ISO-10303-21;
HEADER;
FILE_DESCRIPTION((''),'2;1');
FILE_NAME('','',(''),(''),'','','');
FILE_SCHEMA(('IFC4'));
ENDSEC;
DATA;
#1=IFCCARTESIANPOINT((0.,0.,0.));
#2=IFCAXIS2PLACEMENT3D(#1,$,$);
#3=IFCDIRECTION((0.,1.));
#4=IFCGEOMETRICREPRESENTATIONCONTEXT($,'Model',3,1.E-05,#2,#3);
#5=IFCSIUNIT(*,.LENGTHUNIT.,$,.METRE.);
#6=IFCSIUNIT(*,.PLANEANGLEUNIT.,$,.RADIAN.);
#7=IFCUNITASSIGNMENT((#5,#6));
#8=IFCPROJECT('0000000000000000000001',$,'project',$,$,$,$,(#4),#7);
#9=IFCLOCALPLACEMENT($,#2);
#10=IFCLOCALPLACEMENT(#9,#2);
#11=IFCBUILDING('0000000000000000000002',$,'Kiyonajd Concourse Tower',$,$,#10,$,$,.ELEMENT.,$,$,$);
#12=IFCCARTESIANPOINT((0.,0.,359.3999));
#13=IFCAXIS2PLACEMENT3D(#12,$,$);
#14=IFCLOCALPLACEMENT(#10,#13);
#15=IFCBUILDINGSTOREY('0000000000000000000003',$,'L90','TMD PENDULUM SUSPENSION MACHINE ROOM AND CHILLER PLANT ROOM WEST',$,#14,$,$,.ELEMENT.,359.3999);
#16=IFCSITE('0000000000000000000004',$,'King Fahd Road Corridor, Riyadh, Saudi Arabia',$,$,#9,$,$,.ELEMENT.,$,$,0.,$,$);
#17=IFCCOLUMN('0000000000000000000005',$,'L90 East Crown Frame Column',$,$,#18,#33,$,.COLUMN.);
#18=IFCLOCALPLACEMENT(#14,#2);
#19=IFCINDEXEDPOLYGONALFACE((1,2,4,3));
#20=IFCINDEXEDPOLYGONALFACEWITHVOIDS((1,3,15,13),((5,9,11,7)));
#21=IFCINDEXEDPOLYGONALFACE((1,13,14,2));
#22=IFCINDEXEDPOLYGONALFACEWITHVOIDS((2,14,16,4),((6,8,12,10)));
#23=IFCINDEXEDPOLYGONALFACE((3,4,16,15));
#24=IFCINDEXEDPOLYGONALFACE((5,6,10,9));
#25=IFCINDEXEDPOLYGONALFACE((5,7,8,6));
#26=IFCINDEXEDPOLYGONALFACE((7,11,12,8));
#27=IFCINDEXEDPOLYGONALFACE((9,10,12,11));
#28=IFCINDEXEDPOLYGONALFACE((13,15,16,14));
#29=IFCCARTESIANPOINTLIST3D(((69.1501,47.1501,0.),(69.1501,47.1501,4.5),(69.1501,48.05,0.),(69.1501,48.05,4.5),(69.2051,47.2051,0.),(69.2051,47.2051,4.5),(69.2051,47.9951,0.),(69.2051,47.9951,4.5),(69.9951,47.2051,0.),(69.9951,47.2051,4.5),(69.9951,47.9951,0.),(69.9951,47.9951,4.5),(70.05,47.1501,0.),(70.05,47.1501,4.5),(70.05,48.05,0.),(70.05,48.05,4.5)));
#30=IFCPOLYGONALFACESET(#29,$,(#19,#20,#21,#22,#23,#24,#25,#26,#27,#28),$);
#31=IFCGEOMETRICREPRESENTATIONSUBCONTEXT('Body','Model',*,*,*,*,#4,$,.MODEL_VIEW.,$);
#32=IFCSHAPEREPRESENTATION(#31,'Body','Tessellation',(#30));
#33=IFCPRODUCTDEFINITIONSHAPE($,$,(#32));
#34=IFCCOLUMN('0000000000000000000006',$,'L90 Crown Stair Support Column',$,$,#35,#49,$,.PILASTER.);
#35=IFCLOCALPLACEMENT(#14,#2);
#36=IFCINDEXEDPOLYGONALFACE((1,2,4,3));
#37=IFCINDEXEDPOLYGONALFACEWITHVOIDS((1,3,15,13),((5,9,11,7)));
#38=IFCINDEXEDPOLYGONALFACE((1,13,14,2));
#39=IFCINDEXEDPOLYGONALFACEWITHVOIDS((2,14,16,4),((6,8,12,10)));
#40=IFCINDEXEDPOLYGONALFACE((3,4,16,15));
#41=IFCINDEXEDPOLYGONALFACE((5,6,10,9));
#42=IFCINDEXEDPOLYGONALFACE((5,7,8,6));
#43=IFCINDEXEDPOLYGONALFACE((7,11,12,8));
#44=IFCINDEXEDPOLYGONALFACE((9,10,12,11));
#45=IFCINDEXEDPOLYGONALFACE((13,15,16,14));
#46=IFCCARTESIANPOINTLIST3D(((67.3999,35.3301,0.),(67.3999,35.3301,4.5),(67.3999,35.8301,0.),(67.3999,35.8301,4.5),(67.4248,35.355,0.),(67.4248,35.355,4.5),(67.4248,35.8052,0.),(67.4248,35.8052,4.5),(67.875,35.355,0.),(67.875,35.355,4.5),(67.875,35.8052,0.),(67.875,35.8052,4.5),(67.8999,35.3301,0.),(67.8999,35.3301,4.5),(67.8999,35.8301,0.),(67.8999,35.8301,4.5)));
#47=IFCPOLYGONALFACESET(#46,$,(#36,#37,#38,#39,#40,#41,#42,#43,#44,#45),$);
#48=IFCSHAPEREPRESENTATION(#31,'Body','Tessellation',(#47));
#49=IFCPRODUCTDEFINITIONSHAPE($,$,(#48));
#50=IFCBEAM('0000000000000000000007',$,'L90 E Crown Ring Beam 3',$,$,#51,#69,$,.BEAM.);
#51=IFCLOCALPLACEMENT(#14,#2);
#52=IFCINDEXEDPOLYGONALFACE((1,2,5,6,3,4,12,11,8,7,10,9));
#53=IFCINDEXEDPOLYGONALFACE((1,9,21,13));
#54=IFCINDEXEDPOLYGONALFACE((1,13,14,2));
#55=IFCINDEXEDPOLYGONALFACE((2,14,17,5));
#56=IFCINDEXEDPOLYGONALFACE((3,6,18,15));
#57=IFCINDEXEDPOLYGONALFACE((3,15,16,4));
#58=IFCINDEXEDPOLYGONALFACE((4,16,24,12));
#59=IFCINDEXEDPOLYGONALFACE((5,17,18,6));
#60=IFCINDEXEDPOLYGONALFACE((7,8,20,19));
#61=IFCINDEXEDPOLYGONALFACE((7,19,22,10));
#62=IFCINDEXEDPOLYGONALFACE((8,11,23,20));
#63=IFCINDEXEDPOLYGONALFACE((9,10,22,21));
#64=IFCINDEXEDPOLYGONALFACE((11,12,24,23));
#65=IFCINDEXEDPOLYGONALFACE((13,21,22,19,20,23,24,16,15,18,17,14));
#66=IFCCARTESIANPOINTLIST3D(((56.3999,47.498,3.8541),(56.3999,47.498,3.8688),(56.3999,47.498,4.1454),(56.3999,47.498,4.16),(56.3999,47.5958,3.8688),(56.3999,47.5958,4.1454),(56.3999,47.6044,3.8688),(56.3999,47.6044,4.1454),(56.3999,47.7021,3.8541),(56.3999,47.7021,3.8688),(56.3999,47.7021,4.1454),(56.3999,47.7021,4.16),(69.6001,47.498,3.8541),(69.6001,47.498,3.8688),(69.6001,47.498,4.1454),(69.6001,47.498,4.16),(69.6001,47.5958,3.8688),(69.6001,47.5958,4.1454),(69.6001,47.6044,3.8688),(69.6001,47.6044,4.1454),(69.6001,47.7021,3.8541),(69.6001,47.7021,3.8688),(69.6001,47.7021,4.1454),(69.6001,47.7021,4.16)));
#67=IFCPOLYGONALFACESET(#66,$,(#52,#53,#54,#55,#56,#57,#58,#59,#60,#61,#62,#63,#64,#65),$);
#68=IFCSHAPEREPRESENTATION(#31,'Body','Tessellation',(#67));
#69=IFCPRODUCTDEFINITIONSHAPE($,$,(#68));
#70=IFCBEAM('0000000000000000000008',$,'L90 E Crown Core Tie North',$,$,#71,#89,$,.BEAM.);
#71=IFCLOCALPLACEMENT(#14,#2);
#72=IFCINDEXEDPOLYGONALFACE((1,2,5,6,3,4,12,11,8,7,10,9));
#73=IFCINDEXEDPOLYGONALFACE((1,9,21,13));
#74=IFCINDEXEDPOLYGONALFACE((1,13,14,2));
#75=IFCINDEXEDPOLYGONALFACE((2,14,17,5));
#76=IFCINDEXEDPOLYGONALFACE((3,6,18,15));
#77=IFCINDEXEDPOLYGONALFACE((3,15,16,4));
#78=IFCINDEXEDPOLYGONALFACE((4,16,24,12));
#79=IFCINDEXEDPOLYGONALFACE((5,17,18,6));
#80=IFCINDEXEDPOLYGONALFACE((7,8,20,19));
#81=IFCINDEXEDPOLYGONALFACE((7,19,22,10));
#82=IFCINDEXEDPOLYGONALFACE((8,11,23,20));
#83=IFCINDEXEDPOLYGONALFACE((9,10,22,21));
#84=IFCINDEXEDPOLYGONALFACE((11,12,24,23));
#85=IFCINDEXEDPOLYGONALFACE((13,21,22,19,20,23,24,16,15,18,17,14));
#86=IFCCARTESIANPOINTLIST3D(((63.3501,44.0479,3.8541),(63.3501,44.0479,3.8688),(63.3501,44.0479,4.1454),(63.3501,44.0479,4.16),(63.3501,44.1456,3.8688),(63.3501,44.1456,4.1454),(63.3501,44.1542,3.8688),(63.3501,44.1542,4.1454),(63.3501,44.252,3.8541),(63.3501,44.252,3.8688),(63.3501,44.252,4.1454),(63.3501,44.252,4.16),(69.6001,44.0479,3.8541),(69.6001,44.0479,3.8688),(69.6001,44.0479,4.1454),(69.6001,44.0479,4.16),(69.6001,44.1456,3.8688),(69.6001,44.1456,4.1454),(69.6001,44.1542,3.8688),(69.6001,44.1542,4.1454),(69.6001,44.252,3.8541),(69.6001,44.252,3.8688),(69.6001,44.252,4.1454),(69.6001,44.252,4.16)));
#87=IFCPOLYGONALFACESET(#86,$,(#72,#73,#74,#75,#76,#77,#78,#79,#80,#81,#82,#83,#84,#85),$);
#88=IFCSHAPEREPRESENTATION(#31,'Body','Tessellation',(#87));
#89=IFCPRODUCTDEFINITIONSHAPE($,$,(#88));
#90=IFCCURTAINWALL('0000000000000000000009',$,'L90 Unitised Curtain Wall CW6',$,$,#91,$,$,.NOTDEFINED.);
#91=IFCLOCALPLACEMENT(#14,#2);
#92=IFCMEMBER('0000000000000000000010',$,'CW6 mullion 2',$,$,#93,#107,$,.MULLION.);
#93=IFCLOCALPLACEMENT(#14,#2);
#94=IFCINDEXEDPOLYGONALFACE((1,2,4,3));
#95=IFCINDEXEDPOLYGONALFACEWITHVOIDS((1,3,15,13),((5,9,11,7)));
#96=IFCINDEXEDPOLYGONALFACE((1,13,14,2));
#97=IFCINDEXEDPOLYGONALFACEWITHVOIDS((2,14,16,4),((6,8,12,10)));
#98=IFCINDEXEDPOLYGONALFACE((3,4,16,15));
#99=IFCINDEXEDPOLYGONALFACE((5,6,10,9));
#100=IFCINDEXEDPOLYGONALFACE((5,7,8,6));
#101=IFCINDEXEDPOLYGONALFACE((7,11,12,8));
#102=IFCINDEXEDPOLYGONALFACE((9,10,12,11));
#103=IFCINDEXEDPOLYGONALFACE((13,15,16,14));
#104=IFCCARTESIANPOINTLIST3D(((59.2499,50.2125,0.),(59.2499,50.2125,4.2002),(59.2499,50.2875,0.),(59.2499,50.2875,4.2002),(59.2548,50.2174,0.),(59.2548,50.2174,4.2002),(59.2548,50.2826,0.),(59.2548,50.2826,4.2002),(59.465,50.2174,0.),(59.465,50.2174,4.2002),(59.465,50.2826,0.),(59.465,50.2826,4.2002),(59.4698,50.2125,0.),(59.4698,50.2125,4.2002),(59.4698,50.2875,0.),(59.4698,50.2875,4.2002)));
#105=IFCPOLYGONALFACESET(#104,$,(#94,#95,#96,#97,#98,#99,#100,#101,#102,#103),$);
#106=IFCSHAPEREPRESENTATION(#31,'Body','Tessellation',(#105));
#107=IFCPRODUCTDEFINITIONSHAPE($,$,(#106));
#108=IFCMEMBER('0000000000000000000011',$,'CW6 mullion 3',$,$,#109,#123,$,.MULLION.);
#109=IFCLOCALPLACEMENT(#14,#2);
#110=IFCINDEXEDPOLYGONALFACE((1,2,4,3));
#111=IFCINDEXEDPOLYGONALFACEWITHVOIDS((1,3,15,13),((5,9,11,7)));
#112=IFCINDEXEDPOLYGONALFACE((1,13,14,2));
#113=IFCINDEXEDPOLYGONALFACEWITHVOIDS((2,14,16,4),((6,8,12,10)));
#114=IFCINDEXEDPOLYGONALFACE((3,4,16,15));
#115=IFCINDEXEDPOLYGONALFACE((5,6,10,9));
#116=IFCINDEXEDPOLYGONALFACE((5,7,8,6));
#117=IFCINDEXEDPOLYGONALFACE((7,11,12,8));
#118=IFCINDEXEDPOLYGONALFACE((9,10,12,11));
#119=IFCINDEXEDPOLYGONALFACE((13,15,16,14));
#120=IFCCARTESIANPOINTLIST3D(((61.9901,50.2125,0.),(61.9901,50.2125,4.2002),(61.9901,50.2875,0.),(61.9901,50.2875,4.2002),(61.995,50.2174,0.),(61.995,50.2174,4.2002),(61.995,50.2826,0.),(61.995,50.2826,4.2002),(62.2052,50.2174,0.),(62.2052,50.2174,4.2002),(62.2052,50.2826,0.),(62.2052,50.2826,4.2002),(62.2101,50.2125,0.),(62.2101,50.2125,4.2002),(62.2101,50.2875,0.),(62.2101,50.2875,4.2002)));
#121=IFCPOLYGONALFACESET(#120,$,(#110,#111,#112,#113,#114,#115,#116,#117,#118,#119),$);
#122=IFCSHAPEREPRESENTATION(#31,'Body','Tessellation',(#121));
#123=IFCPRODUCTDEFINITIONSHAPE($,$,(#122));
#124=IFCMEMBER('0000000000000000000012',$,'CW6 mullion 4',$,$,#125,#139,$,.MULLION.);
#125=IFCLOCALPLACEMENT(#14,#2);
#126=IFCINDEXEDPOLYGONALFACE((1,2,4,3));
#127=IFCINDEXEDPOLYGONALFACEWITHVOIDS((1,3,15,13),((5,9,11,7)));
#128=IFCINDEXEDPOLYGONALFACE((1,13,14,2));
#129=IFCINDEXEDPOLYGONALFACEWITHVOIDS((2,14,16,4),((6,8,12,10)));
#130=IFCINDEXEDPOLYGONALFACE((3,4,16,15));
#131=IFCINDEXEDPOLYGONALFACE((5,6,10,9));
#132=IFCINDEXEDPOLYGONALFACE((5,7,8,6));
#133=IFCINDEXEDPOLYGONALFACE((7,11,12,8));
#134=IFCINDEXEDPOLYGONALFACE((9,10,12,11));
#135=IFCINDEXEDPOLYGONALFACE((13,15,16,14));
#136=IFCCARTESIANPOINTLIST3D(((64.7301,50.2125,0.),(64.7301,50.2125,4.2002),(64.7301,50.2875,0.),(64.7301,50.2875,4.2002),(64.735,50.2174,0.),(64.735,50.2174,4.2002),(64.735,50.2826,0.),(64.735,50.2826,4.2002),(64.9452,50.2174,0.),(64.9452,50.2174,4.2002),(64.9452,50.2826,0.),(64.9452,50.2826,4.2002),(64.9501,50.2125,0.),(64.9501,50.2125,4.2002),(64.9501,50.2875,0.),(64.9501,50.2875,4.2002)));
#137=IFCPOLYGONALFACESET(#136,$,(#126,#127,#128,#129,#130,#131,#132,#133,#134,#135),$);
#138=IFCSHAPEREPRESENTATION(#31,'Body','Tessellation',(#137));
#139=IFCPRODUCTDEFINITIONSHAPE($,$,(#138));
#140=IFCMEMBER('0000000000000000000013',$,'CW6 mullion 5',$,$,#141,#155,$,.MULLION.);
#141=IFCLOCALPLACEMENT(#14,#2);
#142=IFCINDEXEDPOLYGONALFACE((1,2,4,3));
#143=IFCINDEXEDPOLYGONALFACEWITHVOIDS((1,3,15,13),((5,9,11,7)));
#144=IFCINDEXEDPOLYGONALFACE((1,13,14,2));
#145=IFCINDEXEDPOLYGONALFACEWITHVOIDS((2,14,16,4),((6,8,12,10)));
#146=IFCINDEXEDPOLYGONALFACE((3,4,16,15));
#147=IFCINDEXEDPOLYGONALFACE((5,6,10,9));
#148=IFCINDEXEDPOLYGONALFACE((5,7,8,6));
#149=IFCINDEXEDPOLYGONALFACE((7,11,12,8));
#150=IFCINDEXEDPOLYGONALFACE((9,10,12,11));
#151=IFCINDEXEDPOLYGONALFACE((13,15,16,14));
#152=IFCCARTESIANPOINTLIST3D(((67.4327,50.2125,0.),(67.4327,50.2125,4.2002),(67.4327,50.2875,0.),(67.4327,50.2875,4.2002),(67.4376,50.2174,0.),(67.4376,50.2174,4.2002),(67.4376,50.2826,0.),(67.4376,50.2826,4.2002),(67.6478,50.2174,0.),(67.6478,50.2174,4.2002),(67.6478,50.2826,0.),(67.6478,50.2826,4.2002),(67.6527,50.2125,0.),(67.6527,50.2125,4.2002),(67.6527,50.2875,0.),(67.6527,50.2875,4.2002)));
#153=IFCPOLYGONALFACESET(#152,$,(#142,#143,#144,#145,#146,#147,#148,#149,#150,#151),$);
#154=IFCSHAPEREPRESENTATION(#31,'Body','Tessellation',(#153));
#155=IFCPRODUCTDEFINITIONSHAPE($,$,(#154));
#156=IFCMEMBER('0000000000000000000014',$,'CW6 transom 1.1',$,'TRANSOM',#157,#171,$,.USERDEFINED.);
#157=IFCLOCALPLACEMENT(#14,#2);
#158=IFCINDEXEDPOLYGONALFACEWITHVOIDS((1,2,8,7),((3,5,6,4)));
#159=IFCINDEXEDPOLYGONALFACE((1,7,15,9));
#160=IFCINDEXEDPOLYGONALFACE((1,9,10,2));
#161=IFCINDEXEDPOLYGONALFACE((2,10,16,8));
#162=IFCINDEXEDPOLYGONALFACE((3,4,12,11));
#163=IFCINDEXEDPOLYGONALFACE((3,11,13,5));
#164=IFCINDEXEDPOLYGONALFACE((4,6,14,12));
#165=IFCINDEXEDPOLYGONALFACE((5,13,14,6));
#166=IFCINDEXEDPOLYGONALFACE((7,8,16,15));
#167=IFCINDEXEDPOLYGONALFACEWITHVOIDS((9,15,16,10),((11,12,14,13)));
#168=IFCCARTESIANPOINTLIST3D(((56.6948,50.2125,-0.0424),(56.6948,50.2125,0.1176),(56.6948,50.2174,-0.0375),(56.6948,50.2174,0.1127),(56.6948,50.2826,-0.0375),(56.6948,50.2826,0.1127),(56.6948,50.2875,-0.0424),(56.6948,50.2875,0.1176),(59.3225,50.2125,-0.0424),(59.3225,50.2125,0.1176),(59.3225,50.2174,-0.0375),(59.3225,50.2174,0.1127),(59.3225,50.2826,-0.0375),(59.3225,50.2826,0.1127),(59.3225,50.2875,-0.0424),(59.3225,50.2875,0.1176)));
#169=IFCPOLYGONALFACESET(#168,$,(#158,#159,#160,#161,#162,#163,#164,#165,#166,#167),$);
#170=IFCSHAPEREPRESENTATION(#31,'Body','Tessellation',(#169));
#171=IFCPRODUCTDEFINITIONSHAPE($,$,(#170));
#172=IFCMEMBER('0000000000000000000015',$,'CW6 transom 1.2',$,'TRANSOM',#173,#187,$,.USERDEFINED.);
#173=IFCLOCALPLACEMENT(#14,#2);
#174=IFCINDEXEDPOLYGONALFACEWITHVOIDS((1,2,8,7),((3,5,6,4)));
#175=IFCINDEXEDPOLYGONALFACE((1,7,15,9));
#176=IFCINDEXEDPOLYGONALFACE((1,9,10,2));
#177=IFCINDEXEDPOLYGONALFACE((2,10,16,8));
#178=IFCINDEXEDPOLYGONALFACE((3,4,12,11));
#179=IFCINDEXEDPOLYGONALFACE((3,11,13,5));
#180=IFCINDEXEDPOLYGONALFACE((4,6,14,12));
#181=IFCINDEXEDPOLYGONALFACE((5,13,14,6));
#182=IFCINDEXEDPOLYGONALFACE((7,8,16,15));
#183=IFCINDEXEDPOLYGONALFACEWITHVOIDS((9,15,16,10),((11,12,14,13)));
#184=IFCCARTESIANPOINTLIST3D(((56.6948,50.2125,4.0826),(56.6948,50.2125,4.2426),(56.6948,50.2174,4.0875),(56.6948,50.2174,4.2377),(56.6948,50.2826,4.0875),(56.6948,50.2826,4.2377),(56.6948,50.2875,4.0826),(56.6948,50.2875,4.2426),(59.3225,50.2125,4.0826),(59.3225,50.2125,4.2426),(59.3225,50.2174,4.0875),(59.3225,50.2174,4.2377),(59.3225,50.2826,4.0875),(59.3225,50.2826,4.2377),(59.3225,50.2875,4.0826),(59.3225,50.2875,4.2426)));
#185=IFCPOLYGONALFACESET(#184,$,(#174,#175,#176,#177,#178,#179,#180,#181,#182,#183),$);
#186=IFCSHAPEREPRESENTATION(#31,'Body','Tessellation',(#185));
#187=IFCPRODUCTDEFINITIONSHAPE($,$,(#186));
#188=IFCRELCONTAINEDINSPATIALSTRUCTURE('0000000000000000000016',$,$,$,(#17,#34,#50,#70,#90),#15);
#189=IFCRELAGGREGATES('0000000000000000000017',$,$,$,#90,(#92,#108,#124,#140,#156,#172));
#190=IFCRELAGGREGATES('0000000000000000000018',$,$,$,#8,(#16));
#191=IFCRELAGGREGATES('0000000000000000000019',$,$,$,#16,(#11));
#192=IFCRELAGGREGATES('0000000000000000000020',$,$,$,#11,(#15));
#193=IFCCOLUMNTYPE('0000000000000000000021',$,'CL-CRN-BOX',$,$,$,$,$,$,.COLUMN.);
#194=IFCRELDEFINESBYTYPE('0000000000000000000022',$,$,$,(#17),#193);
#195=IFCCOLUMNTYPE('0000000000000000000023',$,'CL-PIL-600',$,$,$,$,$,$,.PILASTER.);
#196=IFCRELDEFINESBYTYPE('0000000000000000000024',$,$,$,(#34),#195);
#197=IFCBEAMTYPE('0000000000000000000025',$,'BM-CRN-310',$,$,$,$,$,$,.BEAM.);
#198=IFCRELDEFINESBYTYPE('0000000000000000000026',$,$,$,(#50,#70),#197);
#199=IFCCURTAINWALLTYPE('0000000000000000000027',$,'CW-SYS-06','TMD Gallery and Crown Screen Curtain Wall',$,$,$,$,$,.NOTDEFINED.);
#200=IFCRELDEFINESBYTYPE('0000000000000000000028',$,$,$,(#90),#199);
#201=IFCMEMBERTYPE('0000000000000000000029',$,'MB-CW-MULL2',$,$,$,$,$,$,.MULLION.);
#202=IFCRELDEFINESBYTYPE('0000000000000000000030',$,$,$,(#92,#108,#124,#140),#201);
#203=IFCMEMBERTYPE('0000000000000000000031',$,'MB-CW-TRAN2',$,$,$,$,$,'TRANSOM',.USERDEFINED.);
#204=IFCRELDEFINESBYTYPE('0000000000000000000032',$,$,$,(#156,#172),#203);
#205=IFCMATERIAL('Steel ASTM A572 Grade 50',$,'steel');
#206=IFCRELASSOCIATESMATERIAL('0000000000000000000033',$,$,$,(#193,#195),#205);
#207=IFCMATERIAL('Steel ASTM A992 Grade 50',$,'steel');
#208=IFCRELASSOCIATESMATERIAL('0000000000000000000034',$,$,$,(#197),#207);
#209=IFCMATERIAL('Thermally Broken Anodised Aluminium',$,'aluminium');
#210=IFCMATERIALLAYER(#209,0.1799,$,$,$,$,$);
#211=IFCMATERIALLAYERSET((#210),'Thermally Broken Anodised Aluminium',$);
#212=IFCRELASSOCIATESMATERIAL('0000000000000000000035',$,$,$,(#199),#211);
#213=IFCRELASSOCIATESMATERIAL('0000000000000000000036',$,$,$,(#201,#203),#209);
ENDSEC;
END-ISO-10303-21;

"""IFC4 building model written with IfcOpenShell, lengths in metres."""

from ifc_helpers import new_model, si_unit, direction, frame, origin, origin_2d, place, context, subcontext, project, spatial, hollow_rectangle, i_section, extrude, material, layer, layer_set, material_profile, profile_set, type_object, element, aggregate, save


model = new_model("IFC4")

# Units and contexts
model_context = context("Model", 3, precision=1e-05, world=origin(), true_north=direction((0.0, 1.0)))
body_context = subcontext(model_context, "Body", "Model", "MODEL_VIEW")
ifc_project = project(units=[si_unit("LENGTHUNIT", "METRE"), si_unit("PLANEANGLEUNIT", "RADIAN")], contexts=[model_context])

# Site, building, storey
site_placement = place(None, origin())
site = spatial("IfcSite", under=ifc_project, at=site_placement, Name="King Fahd Road Corridor, Riyadh, Saudi Arabia", CompositionType="ELEMENT", RefElevation=0.0)
building_placement = place(site_placement, origin())
building = spatial("IfcBuilding", under=site, at=building_placement, Name="Kiyonajd Concourse Tower", CompositionType="ELEMENT")
storey_placement = place(building_placement, frame((0.0, 0.0, 359.3999)))
storey = spatial("IfcBuildingStorey", under=building, at=storey_placement, Name="L90", Description="TMD PENDULUM SUSPENSION MACHINE ROOM AND CHILLER PLANT ROOM WEST", CompositionType="ELEMENT", Elevation=359.3999)

# Columns
ifc_material_1 = material(Name="Steel ASTM A572 Grade 50", Category="steel")
ifc_material_profile_1 = material_profile(ifc_material_1, hollow_rectangle(XDim=0.8999, YDim=0.8999, WallThickness=0.0549, at=origin_2d()), Name="BOX-900x900x55")
ifc_profile_set_1 = profile_set([ifc_material_profile_1], Name="Steel ASTM A572 Grade 50")
column_type_1 = type_object("IfcColumnType", Name="CL-CRN-BOX", PredefinedType="COLUMN", material=ifc_profile_set_1)
column_1_placement = place(storey_placement, frame((69.6001, 47.6001, 0.0), z_axis=(0.0, 0.0, 1.0), x_axis=(1.0, 0.0, 0.0)))
element("IfcColumn", 1, at=column_1_placement, inside=storey, type_object=column_type_1, Name="L90 East Crown Frame Column", PredefinedType="COLUMN", context=body_context, shape_type="SweptSolid", body=[
    extrude(hollow_rectangle(XDim=0.8999, YDim=0.8999, WallThickness=0.0549, at=origin_2d()), origin(), (0.0, 0.0, 1.0), 4.5),
])
ifc_material_profile_2 = material_profile(ifc_material_1, hollow_rectangle(XDim=0.5, YDim=0.5, WallThickness=0.0249, at=origin_2d()), Name="HSS-500x500x25")
ifc_profile_set_2 = profile_set([ifc_material_profile_2], Name="Steel ASTM A572 Grade 50")
column_type_2 = type_object("IfcColumnType", Name="CL-PIL-600", PredefinedType="PILASTER", material=ifc_profile_set_2)
column_2_placement = place(storey_placement, frame((67.6499, 35.5801, 0.0), z_axis=(0.0, 0.0, 1.0), x_axis=(1.0, 0.0, 0.0)))
element("IfcColumn", 2, at=column_2_placement, inside=storey, type_object=column_type_2, Name="L90 Crown Stair Support Column", PredefinedType="PILASTER", context=body_context, shape_type="SweptSolid", body=[
    extrude(hollow_rectangle(XDim=0.5, YDim=0.5, WallThickness=0.0249, at=origin_2d()), origin(), (0.0, 0.0, 1.0), 4.5),
])

# Beams
ifc_material_2 = material(Name="Steel ASTM A992 Grade 50", Category="steel")
ifc_material_profile_3 = material_profile(ifc_material_2, i_section(OverallWidth=0.2041, OverallDepth=0.3059, WebThickness=0.0085, FlangeThickness=0.0146, at=origin_2d()), Name="W310X67")
ifc_profile_set_3 = profile_set([ifc_material_profile_3], Name="Steel ASTM A992 Grade 50")
beam_type = type_object("IfcBeamType", Name="BM-CRN-310", PredefinedType="BEAM", material=ifc_profile_set_3)
beam_1_placement = place(storey_placement, frame((69.6001, 47.6001, 4.0071), z_axis=(-1.0, 0.0, 0.0), x_axis=(0.0, -1.0, 0.0)))
element("IfcBeam", 3, at=beam_1_placement, inside=storey, type_object=beam_type, Name="L90 E Crown Ring Beam 3", PredefinedType="BEAM", context=body_context, shape_type="SweptSolid", body=[
    extrude(i_section(OverallWidth=0.2041, OverallDepth=0.3059, WebThickness=0.0085, FlangeThickness=0.0146, at=origin_2d()), origin(), (0.0, 0.0, 1.0), 13.2002),
])
beam_2_placement = place(storey_placement, frame((63.3501, 44.1499, 4.0071), z_axis=(1.0, 0.0, 0.0), x_axis=(0.0, 1.0, 0.0)))
element("IfcBeam", 4, at=beam_2_placement, inside=storey, type_object=beam_type, Name="L90 E Crown Core Tie North", PredefinedType="BEAM", context=body_context, shape_type="SweptSolid", body=[
    extrude(i_section(OverallWidth=0.2041, OverallDepth=0.3059, WebThickness=0.0085, FlangeThickness=0.0146, at=origin_2d()), origin(), (0.0, 0.0, 1.0), 6.25),
])

# Curtain wall, members
ifc_material_3 = material(Name="Thermally Broken Anodised Aluminium", Category="aluminium")
ifc_layer_1 = layer(ifc_material_3, 0.1799)
ifc_layer_set_1 = layer_set([ifc_layer_1], Name="Thermally Broken Anodised Aluminium")
curtain_wall_type = type_object("IfcCurtainWallType", Name="CW-SYS-06", Description="TMD Gallery and Crown Screen Curtain Wall", PredefinedType="NOTDEFINED", material=ifc_layer_set_1)
curtain_wall_placement = place(storey_placement, origin())
curtain_wall = element("IfcCurtainWall", 5, at=curtain_wall_placement, inside=storey, type_object=curtain_wall_type, Name="L90 Unitised Curtain Wall CW6", PredefinedType="NOTDEFINED")
ifc_material_profile_4 = material_profile(ifc_material_3, hollow_rectangle(XDim=0.075, YDim=0.22, WallThickness=0.0049, at=origin_2d()), Name="MULL-75x220")
ifc_profile_set_4 = profile_set([ifc_material_profile_4], Name="Thermally Broken Anodised Aluminium")
member_type_1 = type_object("IfcMemberType", Name="MB-CW-MULL2", PredefinedType="MULLION", material=ifc_profile_set_4)
member_1_placement = place(storey_placement, frame((59.3599, 50.25, 0.0), z_axis=(0.0, 0.0, 1.0), x_axis=(0.0, 1.0, 0.0)))
member_1 = element("IfcMember", 6, at=member_1_placement, type_object=member_type_1, Name="CW6 mullion 2", PredefinedType="MULLION", context=body_context, shape_type="SweptSolid", body=[
    extrude(hollow_rectangle(XDim=0.075, YDim=0.22, WallThickness=0.0049, at=origin_2d()), origin(), (0.0, 0.0, 1.0), 4.2002),
])
member_2_placement = place(storey_placement, frame((62.1001, 50.25, 0.0), z_axis=(0.0, 0.0, 1.0), x_axis=(0.0, 1.0, 0.0)))
member_2 = element("IfcMember", 7, at=member_2_placement, type_object=member_type_1, Name="CW6 mullion 3", PredefinedType="MULLION", context=body_context, shape_type="SweptSolid", body=[
    extrude(hollow_rectangle(XDim=0.075, YDim=0.22, WallThickness=0.0049, at=origin_2d()), origin(), (0.0, 0.0, 1.0), 4.2002),
])
member_3_placement = place(storey_placement, frame((64.8401, 50.25, 0.0), z_axis=(0.0, 0.0, 1.0), x_axis=(0.0, 1.0, 0.0)))
member_3 = element("IfcMember", 8, at=member_3_placement, type_object=member_type_1, Name="CW6 mullion 4", PredefinedType="MULLION", context=body_context, shape_type="SweptSolid", body=[
    extrude(hollow_rectangle(XDim=0.075, YDim=0.22, WallThickness=0.0049, at=origin_2d()), origin(), (0.0, 0.0, 1.0), 4.2002),
])
member_4_placement = place(storey_placement, frame((67.5427, 50.25, 0.0), z_axis=(0.0, 0.0, 1.0), x_axis=(0.0, 1.0, 0.0)))
member_4 = element("IfcMember", 9, at=member_4_placement, type_object=member_type_1, Name="CW6 mullion 5", PredefinedType="MULLION", context=body_context, shape_type="SweptSolid", body=[
    extrude(hollow_rectangle(XDim=0.075, YDim=0.22, WallThickness=0.0049, at=origin_2d()), origin(), (0.0, 0.0, 1.0), 4.2002),
])
ifc_material_profile_5 = material_profile(ifc_material_3, hollow_rectangle(XDim=0.075, YDim=0.1599, WallThickness=0.0049, at=origin_2d()), Name="TRAN-75x160")
ifc_profile_set_5 = profile_set([ifc_material_profile_5], Name="Thermally Broken Anodised Aluminium")
member_type_2 = type_object("IfcMemberType", Name="MB-CW-TRAN2", ElementType="TRANSOM", PredefinedType="USERDEFINED", material=ifc_profile_set_5)
member_5_placement = place(storey_placement, frame((56.6948, 50.25, 0.0376), z_axis=(1.0, 0.0, 0.0), x_axis=(0.0, 1.0, 0.0)))
member_5 = element("IfcMember", 10, at=member_5_placement, type_object=member_type_2, Name="CW6 transom 1.1", ObjectType="TRANSOM", PredefinedType="USERDEFINED", context=body_context, shape_type="SweptSolid", body=[
    extrude(hollow_rectangle(XDim=0.075, YDim=0.1599, WallThickness=0.0049, at=origin_2d()), origin(), (0.0, 0.0, 1.0), 2.6277),
])
member_6_placement = place(storey_placement, frame((56.6948, 50.25, 4.1626), z_axis=(1.0, 0.0, 0.0), x_axis=(0.0, 1.0, 0.0)))
member_6 = element("IfcMember", 11, at=member_6_placement, type_object=member_type_2, Name="CW6 transom 1.2", ObjectType="TRANSOM", PredefinedType="USERDEFINED", context=body_context, shape_type="SweptSolid", body=[
    extrude(hollow_rectangle(XDim=0.075, YDim=0.1599, WallThickness=0.0049, at=origin_2d()), origin(), (0.0, 0.0, 1.0), 2.6277),
])

aggregate(curtain_wall, [member_1, member_2, member_3, member_4, member_5, member_6])

save(model, "model.ifc")
